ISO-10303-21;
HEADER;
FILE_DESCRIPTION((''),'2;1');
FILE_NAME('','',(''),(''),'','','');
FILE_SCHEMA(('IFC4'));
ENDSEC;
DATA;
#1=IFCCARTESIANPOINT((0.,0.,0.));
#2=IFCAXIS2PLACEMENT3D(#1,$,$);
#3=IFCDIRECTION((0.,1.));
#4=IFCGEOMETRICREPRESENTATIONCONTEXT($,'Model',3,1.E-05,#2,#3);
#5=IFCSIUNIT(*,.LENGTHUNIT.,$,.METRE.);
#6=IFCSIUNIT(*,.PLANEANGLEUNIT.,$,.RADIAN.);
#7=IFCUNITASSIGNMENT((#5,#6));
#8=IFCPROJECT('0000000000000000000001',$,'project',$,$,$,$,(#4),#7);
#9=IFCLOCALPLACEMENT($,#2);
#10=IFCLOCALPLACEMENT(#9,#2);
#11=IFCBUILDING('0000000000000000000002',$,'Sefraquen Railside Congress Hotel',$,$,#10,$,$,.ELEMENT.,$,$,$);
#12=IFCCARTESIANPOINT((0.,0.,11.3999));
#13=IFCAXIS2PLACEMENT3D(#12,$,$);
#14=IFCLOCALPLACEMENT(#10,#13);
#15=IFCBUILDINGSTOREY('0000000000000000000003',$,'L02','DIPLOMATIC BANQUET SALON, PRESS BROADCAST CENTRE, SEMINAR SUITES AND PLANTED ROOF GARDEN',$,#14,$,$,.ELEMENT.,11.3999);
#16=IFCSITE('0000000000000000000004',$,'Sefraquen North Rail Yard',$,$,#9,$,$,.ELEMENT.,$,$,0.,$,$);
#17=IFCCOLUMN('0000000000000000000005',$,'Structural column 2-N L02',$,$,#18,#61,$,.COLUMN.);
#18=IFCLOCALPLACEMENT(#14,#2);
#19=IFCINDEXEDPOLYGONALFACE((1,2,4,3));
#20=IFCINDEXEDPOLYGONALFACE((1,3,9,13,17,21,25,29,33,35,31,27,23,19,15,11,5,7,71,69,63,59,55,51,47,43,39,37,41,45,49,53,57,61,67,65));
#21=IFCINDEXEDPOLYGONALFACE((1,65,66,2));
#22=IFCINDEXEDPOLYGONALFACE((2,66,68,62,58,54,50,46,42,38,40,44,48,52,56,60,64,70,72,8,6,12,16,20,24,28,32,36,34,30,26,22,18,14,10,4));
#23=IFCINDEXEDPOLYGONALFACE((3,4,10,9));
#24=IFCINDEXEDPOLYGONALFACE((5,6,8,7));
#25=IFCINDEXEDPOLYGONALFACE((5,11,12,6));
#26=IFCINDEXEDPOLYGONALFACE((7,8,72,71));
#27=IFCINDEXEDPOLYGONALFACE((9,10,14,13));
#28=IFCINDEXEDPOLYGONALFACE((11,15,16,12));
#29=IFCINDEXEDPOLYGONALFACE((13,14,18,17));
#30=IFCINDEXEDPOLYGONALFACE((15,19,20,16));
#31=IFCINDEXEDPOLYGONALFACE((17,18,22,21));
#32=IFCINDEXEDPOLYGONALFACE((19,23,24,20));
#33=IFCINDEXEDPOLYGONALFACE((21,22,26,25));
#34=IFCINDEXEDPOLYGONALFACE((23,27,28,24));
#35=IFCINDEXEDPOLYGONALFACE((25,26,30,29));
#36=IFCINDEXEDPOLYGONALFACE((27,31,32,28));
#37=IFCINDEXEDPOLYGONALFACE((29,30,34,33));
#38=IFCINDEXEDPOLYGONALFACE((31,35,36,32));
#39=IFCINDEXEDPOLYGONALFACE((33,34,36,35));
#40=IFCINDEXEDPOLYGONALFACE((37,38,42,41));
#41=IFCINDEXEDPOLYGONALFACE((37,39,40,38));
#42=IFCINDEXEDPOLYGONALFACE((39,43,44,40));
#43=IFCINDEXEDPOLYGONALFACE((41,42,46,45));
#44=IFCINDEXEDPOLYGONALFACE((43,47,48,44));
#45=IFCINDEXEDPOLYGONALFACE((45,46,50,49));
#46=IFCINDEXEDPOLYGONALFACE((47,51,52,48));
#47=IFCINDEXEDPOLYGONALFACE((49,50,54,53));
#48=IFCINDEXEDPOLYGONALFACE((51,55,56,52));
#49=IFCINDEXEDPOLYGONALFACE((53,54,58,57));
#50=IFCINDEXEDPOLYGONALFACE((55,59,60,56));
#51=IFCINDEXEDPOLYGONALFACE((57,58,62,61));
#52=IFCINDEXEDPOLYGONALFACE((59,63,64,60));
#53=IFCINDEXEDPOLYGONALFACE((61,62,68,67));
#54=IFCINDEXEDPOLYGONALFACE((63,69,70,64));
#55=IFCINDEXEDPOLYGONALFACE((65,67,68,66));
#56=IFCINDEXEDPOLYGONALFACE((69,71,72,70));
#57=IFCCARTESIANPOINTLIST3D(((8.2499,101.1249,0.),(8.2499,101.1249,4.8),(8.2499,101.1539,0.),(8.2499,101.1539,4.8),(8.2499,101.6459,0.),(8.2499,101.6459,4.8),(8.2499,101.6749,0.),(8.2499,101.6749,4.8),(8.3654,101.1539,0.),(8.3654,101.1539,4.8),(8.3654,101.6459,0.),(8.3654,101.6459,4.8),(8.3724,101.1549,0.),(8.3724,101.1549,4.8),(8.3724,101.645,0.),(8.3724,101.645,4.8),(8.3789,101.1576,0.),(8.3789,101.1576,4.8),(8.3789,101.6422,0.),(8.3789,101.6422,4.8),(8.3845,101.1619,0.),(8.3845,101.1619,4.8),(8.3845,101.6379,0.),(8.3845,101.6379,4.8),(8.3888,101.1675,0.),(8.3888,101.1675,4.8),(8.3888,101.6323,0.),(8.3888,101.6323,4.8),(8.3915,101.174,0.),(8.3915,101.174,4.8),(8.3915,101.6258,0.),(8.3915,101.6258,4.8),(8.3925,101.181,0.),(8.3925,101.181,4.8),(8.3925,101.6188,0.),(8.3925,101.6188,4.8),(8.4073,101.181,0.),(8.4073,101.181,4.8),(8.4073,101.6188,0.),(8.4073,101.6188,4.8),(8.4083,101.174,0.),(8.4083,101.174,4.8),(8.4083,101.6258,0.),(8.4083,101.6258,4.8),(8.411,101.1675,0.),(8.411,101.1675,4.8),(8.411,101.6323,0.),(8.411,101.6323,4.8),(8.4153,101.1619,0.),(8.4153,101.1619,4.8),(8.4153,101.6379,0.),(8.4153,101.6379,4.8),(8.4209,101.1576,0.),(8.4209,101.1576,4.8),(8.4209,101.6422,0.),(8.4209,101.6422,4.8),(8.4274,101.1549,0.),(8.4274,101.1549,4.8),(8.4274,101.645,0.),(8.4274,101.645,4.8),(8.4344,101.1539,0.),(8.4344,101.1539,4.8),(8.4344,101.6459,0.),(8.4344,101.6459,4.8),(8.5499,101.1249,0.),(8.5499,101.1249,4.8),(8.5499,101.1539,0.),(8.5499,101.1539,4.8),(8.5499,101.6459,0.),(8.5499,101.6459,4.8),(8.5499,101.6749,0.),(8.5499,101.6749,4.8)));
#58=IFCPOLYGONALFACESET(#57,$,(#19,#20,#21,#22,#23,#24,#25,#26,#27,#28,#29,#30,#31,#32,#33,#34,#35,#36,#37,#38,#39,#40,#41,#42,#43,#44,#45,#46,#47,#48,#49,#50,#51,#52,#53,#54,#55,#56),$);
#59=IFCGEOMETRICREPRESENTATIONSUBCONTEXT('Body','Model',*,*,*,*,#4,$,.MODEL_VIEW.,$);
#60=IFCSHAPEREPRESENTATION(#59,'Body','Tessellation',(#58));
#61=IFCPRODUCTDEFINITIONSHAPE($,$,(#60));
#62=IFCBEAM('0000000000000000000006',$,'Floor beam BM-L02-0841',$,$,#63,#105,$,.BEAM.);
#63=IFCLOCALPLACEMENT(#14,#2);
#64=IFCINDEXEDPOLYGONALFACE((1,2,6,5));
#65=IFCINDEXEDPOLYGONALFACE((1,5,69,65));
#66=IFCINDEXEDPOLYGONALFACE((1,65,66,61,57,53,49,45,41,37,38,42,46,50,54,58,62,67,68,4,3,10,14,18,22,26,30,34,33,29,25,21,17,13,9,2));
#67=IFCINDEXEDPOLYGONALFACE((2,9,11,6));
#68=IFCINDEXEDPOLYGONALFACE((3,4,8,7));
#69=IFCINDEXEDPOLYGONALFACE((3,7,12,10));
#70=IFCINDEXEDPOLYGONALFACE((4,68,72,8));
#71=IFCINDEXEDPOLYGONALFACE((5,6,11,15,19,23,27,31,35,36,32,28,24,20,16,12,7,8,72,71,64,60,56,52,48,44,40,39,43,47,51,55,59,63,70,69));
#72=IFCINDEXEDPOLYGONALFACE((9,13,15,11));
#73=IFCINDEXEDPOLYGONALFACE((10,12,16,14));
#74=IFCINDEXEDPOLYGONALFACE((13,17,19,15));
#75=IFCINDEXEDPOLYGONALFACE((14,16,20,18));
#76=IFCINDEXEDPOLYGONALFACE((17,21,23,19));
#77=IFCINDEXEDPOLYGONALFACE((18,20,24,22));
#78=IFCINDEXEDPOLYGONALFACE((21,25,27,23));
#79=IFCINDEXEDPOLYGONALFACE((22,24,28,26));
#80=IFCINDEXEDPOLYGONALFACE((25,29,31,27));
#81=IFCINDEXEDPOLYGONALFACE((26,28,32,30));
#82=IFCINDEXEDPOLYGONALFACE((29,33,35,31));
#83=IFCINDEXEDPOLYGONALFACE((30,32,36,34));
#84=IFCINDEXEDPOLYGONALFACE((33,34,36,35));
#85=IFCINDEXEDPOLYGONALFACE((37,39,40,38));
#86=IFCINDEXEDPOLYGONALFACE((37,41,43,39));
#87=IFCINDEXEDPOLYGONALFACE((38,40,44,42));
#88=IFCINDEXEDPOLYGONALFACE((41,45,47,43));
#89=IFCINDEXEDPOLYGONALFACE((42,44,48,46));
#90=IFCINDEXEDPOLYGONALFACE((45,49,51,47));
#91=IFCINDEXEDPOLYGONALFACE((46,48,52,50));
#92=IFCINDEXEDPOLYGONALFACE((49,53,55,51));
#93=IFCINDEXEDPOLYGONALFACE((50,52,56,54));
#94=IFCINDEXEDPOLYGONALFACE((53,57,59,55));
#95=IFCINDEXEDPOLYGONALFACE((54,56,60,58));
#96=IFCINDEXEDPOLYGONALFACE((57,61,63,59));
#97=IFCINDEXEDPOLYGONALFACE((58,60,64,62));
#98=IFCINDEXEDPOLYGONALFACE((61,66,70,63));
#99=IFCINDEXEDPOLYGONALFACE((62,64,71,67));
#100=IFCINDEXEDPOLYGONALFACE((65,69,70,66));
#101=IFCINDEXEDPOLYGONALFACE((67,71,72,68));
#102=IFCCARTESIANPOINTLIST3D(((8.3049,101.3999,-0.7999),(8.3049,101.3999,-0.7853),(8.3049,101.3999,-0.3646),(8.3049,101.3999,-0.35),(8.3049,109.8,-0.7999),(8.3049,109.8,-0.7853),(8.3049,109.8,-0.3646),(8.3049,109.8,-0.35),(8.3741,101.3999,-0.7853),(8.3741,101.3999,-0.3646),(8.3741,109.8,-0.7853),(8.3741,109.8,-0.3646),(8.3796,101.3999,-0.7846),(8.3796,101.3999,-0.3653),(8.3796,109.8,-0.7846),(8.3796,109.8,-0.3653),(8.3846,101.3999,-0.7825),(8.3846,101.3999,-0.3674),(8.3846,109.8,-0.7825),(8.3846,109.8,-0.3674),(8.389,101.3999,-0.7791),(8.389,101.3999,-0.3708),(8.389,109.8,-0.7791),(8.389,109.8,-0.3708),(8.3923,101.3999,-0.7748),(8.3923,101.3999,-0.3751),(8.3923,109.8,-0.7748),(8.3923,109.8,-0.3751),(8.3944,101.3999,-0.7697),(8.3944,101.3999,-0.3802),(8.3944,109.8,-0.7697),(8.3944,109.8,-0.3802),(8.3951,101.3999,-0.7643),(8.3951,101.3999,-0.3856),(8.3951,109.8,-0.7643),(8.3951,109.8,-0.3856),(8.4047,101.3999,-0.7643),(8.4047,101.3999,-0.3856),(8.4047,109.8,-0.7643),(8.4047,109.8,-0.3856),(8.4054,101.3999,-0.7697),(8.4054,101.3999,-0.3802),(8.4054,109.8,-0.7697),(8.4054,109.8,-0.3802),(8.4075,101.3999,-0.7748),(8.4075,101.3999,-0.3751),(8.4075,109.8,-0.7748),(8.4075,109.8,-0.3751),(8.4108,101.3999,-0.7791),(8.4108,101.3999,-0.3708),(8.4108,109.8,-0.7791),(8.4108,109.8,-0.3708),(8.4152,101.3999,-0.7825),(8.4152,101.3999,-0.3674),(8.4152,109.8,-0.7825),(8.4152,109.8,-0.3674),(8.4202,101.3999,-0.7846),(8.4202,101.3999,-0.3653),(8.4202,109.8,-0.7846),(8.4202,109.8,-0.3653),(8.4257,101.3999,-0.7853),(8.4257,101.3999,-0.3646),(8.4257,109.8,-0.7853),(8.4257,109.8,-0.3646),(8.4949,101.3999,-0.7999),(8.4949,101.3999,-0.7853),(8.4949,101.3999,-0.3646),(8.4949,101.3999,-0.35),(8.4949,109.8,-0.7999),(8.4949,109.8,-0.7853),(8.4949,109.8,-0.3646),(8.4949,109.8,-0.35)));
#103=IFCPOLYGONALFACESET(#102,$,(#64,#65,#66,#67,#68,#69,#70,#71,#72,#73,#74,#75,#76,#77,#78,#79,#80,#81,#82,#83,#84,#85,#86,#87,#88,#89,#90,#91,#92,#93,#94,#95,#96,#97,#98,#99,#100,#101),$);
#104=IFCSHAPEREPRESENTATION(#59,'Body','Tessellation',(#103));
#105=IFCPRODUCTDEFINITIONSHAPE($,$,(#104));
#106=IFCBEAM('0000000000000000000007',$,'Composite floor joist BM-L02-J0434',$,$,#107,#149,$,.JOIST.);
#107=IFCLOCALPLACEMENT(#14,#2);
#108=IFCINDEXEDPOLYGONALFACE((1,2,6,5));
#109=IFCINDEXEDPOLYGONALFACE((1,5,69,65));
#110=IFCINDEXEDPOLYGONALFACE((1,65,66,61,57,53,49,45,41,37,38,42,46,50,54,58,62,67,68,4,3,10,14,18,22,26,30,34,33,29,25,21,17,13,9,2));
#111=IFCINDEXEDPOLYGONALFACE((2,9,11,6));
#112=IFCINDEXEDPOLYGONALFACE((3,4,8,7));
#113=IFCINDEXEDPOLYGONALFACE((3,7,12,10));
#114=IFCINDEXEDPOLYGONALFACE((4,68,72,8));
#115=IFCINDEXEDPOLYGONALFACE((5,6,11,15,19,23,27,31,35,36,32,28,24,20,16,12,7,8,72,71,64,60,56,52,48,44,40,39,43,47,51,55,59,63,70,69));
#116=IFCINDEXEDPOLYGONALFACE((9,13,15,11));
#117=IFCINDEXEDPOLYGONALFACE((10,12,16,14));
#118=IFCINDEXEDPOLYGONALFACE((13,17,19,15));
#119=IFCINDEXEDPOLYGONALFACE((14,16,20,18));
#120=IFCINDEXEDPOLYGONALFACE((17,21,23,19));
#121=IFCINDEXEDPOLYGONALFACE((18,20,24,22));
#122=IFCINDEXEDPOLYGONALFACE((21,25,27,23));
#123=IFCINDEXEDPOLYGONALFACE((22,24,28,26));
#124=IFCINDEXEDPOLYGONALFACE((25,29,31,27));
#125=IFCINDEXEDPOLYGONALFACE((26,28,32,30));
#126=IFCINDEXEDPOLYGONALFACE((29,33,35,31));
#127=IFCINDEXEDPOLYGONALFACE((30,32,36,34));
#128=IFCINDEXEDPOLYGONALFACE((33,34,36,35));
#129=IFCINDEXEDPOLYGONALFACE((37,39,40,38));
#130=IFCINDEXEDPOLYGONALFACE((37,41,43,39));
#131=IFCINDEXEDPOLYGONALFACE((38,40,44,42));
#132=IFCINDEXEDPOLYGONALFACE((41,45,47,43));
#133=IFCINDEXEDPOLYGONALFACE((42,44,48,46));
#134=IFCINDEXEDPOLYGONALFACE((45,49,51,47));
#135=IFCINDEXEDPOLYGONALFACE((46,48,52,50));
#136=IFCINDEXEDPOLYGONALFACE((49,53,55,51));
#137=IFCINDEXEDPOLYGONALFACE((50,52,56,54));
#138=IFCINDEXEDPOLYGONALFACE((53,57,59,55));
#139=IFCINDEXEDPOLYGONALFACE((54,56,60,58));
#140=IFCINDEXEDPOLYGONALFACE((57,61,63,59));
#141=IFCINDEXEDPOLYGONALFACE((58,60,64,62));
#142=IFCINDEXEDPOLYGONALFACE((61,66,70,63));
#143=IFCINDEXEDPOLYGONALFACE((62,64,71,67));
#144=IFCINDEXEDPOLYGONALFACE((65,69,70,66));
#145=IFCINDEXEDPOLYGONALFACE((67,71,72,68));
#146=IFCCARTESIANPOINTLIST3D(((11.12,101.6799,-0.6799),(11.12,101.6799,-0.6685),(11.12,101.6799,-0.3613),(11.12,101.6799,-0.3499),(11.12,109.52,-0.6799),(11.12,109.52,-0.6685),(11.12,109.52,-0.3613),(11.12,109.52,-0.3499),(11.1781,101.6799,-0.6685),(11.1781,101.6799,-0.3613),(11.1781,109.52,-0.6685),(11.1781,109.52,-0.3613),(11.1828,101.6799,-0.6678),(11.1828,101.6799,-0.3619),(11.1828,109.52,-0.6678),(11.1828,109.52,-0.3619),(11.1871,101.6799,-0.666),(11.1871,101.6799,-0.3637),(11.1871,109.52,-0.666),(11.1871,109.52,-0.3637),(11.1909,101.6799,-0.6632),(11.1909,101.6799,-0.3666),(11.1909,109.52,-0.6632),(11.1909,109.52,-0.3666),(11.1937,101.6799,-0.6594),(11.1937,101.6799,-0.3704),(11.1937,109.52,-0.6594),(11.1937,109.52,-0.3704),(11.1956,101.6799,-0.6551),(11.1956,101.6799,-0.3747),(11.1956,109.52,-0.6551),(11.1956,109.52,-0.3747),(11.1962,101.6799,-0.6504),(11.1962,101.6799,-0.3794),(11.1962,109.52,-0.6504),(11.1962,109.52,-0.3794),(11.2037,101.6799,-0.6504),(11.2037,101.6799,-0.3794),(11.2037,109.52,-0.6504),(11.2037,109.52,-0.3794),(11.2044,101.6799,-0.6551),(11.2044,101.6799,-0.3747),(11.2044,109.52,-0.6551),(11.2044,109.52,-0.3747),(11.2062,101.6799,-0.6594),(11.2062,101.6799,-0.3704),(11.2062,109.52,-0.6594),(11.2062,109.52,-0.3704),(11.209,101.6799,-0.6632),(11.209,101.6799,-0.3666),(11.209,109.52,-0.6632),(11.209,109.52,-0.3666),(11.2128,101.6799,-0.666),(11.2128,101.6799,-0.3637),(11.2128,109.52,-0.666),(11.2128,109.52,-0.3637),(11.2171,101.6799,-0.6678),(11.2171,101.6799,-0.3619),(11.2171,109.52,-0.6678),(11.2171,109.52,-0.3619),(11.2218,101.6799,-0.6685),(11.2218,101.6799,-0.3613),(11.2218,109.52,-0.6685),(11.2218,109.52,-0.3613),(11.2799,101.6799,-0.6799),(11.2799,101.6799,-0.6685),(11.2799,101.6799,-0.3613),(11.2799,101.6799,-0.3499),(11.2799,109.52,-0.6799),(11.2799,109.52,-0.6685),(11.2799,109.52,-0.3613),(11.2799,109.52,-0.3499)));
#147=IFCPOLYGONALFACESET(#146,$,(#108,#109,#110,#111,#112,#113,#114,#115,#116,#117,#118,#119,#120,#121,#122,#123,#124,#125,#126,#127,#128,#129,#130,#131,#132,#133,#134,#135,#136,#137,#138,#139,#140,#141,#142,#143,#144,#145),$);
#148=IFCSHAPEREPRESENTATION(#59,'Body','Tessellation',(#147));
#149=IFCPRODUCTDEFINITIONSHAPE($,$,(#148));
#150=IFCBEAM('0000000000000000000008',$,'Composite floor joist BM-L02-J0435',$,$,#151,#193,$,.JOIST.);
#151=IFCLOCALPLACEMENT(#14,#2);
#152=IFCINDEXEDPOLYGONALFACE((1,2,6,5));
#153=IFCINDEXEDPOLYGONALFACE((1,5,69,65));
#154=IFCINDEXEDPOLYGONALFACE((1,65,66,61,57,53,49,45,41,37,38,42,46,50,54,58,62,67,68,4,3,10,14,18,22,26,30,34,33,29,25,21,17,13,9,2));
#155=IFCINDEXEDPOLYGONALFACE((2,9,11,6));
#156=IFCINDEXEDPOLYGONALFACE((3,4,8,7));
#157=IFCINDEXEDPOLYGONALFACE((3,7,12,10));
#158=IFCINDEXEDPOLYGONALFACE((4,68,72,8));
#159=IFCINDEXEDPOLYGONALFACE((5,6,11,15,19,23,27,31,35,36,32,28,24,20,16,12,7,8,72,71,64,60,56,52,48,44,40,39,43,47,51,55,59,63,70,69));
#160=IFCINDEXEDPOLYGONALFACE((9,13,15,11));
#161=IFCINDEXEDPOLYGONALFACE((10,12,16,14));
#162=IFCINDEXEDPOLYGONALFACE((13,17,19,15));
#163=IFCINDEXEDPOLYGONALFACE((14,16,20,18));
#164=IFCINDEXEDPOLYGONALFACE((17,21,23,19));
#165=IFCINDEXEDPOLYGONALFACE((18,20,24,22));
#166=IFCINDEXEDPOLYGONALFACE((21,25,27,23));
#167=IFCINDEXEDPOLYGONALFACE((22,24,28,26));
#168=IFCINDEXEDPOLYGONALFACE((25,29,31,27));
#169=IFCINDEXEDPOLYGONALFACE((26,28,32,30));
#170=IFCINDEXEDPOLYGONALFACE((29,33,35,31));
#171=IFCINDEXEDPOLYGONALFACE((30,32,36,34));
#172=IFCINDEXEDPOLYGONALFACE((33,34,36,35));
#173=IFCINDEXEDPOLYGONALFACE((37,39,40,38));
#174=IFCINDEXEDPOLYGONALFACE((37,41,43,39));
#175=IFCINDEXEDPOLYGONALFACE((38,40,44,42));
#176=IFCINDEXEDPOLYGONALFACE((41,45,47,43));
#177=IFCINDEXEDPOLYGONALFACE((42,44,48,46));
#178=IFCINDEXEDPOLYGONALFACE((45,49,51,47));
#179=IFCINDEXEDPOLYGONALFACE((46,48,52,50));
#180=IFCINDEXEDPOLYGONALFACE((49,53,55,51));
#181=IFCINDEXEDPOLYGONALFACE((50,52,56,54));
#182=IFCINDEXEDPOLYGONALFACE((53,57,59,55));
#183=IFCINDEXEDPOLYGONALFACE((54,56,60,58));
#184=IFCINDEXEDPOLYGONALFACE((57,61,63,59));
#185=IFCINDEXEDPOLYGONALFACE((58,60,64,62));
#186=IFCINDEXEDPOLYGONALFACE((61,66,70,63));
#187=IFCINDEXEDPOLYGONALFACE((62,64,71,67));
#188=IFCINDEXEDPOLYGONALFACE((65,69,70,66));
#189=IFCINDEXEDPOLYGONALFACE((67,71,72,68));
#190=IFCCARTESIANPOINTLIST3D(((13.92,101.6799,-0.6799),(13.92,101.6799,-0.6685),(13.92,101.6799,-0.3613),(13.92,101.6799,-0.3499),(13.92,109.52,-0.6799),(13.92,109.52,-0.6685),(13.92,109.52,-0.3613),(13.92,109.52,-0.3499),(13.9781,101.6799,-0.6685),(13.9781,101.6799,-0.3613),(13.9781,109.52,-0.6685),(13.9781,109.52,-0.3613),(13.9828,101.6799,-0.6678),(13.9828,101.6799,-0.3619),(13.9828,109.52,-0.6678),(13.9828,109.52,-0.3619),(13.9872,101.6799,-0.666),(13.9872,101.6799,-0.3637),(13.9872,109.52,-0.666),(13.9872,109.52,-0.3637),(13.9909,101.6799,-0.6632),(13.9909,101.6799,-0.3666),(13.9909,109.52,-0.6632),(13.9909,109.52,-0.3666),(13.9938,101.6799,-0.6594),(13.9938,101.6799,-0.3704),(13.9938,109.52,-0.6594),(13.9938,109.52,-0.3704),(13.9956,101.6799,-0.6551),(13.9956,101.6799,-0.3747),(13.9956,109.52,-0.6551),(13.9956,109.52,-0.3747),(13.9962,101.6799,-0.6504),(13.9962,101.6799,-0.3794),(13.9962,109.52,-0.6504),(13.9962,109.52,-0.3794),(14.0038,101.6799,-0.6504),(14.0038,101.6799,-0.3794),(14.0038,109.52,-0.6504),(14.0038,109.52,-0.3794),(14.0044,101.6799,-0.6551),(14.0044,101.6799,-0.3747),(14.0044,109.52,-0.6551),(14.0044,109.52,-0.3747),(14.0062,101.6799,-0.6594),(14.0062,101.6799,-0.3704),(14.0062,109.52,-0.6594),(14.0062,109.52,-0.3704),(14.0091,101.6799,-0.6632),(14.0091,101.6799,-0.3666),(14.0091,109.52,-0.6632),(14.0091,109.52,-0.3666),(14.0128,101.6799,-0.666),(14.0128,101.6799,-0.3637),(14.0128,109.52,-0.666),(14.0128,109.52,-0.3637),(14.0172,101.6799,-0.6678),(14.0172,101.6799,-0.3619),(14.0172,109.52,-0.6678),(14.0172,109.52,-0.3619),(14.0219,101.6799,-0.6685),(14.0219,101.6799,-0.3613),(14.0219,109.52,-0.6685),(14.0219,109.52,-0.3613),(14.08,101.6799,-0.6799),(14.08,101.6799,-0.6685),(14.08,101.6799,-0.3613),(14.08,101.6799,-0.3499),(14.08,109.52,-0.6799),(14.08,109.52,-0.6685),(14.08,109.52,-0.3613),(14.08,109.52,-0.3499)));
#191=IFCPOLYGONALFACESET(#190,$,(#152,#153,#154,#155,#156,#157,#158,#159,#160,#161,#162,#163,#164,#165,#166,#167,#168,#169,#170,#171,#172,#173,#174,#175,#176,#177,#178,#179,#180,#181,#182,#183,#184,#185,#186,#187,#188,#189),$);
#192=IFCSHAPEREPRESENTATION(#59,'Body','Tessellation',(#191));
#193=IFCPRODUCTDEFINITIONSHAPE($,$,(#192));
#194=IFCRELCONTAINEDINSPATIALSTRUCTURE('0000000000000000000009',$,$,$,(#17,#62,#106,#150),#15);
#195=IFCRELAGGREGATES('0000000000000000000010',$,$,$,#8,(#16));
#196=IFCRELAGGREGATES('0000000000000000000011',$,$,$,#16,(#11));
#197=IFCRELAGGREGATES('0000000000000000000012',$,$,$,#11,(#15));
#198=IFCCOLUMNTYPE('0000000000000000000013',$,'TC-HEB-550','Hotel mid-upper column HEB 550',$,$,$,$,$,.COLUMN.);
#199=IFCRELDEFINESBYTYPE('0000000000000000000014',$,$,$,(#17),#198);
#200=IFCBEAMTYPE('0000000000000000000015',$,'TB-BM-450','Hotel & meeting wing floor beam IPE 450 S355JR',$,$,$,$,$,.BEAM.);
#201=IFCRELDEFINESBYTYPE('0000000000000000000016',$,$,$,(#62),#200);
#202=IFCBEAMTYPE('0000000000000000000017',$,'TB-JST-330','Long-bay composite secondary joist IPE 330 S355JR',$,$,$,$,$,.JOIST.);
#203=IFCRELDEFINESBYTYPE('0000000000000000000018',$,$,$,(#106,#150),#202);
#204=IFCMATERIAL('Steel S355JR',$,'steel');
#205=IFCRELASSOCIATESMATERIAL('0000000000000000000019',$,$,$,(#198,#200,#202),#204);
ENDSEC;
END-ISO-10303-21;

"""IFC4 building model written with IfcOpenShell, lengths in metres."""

from ifc_helpers import new_model, si_unit, direction, frame, origin, origin_2d, place, context, subcontext, project, spatial, i_section, extrude, material, material_profile, profile_set, type_object, element, save


model = new_model("IFC4")

# Units and contexts
model_context = context("Model", 3, precision=1e-05, world=origin(), true_north=direction((0.0, 1.0)))
body_context = subcontext(model_context, "Body", "Model", "MODEL_VIEW")
ifc_project = project(units=[si_unit("LENGTHUNIT", "METRE"), si_unit("PLANEANGLEUNIT", "RADIAN")], contexts=[model_context])

# Site, building, storey
site_placement = place(None, origin())
site = spatial("IfcSite", under=ifc_project, at=site_placement, Name="Sefraquen North Rail Yard", CompositionType="ELEMENT", RefElevation=0.0)
building_placement = place(site_placement, origin())
building = spatial("IfcBuilding", under=site, at=building_placement, Name="Sefraquen Railside Congress Hotel", CompositionType="ELEMENT")
storey_placement = place(building_placement, frame((0.0, 0.0, 11.3999)))
storey = spatial("IfcBuildingStorey", under=building, at=storey_placement, Name="L02", Description="DIPLOMATIC BANQUET SALON, PRESS BROADCAST CENTRE, SEMINAR SUITES AND PLANTED ROOF GARDEN", CompositionType="ELEMENT", Elevation=11.3999)

# Column
ifc_material_1 = material(Name="Steel S355JR", Category="steel")
ifc_material_profile_1 = material_profile(ifc_material_1, i_section(OverallWidth=0.3, OverallDepth=0.55, WebThickness=0.0149, FlangeThickness=0.0291, FilletRadius=0.0271, at=origin_2d()), Name="HEB 550")
ifc_profile_set_1 = profile_set([ifc_material_profile_1], Name="Steel S355JR")
column_type = type_object("IfcColumnType", Name="TC-HEB-550", Description="Hotel mid-upper column HEB 550", PredefinedType="COLUMN", material=ifc_profile_set_1)
column_placement = place(storey_placement, frame((8.3999, 101.3999, 0.0), z_axis=(0.0, 0.0, 1.0), x_axis=(1.0, 0.0, 0.0)))
element("IfcColumn", 1, at=column_placement, inside=storey, type_object=column_type, Name="Structural column 2-N L02", PredefinedType="COLUMN", context=body_context, shape_type="SweptSolid", body=[
    extrude(i_section(OverallWidth=0.3, OverallDepth=0.55, WebThickness=0.0149, FlangeThickness=0.0291, FilletRadius=0.0271, at=origin_2d()), origin(), (0.0, 0.0, 1.0), 4.8),
])

# Beams
ifc_material_profile_2 = material_profile(ifc_material_1, i_section(OverallWidth=0.1899, OverallDepth=0.45, WebThickness=0.0095, FlangeThickness=0.0146, FilletRadius=0.021, at=origin_2d()), Name="IPE 450")
ifc_profile_set_2 = profile_set([ifc_material_profile_2], Name="Steel S355JR")
beam_type_1 = type_object("IfcBeamType", Name="TB-BM-450", Description="Hotel & meeting wing floor beam IPE 450 S355JR", PredefinedType="BEAM", material=ifc_profile_set_2)
beam_1_placement = place(storey_placement, frame((8.3999, 101.3999, -0.575), z_axis=(0.0, 1.0, 0.0), x_axis=(-1.0, 0.0, 0.0)))
element("IfcBeam", 2, at=beam_1_placement, inside=storey, type_object=beam_type_1, Name="Floor beam BM-L02-0841", PredefinedType="BEAM", context=body_context, shape_type="SweptSolid", body=[
    extrude(i_section(OverallWidth=0.1899, OverallDepth=0.45, WebThickness=0.0095, FlangeThickness=0.0146, FilletRadius=0.021, at=origin_2d()), origin(), (0.0, 0.0, 1.0), 8.4001),
])
ifc_material_profile_3 = material_profile(ifc_material_1, i_section(OverallWidth=0.1599, OverallDepth=0.3301, WebThickness=0.0076, FlangeThickness=0.0115, FilletRadius=0.0181, at=origin_2d()), Name="IPE 330")
ifc_profile_set_3 = profile_set([ifc_material_profile_3], Name="Steel S355JR")
beam_type_2 = type_object("IfcBeamType", Name="TB-JST-330", Description="Long-bay composite secondary joist IPE 330 S355JR", PredefinedType="JOIST", material=ifc_profile_set_3)
for number, where, z_axis, x_axis, name in (
    (3, (11.2, 101.6799, -0.5149), (0.0, 1.0, 0.0), (-1.0, 0.0, 0.0), "Composite floor joist BM-L02-J0434"),
    (4, (14.0, 101.6799, -0.5149), (0.0, 1.0, 0.0), (-1.0, 0.0, 0.0), "Composite floor joist BM-L02-J0435"),
):
    element("IfcBeam", number, at=place(storey_placement, frame(where, z_axis=z_axis, x_axis=x_axis)), inside=storey, type_object=beam_type_2, Name=name, PredefinedType="JOIST", context=body_context, shape_type="SweptSolid", body=[
        extrude(i_section(OverallWidth=0.1599, OverallDepth=0.3301, WebThickness=0.0076, FlangeThickness=0.0115, FilletRadius=0.0181, at=origin_2d()), origin(), (0.0, 0.0, 1.0), 7.8401),
    ])

save(model, "model.ifc")
